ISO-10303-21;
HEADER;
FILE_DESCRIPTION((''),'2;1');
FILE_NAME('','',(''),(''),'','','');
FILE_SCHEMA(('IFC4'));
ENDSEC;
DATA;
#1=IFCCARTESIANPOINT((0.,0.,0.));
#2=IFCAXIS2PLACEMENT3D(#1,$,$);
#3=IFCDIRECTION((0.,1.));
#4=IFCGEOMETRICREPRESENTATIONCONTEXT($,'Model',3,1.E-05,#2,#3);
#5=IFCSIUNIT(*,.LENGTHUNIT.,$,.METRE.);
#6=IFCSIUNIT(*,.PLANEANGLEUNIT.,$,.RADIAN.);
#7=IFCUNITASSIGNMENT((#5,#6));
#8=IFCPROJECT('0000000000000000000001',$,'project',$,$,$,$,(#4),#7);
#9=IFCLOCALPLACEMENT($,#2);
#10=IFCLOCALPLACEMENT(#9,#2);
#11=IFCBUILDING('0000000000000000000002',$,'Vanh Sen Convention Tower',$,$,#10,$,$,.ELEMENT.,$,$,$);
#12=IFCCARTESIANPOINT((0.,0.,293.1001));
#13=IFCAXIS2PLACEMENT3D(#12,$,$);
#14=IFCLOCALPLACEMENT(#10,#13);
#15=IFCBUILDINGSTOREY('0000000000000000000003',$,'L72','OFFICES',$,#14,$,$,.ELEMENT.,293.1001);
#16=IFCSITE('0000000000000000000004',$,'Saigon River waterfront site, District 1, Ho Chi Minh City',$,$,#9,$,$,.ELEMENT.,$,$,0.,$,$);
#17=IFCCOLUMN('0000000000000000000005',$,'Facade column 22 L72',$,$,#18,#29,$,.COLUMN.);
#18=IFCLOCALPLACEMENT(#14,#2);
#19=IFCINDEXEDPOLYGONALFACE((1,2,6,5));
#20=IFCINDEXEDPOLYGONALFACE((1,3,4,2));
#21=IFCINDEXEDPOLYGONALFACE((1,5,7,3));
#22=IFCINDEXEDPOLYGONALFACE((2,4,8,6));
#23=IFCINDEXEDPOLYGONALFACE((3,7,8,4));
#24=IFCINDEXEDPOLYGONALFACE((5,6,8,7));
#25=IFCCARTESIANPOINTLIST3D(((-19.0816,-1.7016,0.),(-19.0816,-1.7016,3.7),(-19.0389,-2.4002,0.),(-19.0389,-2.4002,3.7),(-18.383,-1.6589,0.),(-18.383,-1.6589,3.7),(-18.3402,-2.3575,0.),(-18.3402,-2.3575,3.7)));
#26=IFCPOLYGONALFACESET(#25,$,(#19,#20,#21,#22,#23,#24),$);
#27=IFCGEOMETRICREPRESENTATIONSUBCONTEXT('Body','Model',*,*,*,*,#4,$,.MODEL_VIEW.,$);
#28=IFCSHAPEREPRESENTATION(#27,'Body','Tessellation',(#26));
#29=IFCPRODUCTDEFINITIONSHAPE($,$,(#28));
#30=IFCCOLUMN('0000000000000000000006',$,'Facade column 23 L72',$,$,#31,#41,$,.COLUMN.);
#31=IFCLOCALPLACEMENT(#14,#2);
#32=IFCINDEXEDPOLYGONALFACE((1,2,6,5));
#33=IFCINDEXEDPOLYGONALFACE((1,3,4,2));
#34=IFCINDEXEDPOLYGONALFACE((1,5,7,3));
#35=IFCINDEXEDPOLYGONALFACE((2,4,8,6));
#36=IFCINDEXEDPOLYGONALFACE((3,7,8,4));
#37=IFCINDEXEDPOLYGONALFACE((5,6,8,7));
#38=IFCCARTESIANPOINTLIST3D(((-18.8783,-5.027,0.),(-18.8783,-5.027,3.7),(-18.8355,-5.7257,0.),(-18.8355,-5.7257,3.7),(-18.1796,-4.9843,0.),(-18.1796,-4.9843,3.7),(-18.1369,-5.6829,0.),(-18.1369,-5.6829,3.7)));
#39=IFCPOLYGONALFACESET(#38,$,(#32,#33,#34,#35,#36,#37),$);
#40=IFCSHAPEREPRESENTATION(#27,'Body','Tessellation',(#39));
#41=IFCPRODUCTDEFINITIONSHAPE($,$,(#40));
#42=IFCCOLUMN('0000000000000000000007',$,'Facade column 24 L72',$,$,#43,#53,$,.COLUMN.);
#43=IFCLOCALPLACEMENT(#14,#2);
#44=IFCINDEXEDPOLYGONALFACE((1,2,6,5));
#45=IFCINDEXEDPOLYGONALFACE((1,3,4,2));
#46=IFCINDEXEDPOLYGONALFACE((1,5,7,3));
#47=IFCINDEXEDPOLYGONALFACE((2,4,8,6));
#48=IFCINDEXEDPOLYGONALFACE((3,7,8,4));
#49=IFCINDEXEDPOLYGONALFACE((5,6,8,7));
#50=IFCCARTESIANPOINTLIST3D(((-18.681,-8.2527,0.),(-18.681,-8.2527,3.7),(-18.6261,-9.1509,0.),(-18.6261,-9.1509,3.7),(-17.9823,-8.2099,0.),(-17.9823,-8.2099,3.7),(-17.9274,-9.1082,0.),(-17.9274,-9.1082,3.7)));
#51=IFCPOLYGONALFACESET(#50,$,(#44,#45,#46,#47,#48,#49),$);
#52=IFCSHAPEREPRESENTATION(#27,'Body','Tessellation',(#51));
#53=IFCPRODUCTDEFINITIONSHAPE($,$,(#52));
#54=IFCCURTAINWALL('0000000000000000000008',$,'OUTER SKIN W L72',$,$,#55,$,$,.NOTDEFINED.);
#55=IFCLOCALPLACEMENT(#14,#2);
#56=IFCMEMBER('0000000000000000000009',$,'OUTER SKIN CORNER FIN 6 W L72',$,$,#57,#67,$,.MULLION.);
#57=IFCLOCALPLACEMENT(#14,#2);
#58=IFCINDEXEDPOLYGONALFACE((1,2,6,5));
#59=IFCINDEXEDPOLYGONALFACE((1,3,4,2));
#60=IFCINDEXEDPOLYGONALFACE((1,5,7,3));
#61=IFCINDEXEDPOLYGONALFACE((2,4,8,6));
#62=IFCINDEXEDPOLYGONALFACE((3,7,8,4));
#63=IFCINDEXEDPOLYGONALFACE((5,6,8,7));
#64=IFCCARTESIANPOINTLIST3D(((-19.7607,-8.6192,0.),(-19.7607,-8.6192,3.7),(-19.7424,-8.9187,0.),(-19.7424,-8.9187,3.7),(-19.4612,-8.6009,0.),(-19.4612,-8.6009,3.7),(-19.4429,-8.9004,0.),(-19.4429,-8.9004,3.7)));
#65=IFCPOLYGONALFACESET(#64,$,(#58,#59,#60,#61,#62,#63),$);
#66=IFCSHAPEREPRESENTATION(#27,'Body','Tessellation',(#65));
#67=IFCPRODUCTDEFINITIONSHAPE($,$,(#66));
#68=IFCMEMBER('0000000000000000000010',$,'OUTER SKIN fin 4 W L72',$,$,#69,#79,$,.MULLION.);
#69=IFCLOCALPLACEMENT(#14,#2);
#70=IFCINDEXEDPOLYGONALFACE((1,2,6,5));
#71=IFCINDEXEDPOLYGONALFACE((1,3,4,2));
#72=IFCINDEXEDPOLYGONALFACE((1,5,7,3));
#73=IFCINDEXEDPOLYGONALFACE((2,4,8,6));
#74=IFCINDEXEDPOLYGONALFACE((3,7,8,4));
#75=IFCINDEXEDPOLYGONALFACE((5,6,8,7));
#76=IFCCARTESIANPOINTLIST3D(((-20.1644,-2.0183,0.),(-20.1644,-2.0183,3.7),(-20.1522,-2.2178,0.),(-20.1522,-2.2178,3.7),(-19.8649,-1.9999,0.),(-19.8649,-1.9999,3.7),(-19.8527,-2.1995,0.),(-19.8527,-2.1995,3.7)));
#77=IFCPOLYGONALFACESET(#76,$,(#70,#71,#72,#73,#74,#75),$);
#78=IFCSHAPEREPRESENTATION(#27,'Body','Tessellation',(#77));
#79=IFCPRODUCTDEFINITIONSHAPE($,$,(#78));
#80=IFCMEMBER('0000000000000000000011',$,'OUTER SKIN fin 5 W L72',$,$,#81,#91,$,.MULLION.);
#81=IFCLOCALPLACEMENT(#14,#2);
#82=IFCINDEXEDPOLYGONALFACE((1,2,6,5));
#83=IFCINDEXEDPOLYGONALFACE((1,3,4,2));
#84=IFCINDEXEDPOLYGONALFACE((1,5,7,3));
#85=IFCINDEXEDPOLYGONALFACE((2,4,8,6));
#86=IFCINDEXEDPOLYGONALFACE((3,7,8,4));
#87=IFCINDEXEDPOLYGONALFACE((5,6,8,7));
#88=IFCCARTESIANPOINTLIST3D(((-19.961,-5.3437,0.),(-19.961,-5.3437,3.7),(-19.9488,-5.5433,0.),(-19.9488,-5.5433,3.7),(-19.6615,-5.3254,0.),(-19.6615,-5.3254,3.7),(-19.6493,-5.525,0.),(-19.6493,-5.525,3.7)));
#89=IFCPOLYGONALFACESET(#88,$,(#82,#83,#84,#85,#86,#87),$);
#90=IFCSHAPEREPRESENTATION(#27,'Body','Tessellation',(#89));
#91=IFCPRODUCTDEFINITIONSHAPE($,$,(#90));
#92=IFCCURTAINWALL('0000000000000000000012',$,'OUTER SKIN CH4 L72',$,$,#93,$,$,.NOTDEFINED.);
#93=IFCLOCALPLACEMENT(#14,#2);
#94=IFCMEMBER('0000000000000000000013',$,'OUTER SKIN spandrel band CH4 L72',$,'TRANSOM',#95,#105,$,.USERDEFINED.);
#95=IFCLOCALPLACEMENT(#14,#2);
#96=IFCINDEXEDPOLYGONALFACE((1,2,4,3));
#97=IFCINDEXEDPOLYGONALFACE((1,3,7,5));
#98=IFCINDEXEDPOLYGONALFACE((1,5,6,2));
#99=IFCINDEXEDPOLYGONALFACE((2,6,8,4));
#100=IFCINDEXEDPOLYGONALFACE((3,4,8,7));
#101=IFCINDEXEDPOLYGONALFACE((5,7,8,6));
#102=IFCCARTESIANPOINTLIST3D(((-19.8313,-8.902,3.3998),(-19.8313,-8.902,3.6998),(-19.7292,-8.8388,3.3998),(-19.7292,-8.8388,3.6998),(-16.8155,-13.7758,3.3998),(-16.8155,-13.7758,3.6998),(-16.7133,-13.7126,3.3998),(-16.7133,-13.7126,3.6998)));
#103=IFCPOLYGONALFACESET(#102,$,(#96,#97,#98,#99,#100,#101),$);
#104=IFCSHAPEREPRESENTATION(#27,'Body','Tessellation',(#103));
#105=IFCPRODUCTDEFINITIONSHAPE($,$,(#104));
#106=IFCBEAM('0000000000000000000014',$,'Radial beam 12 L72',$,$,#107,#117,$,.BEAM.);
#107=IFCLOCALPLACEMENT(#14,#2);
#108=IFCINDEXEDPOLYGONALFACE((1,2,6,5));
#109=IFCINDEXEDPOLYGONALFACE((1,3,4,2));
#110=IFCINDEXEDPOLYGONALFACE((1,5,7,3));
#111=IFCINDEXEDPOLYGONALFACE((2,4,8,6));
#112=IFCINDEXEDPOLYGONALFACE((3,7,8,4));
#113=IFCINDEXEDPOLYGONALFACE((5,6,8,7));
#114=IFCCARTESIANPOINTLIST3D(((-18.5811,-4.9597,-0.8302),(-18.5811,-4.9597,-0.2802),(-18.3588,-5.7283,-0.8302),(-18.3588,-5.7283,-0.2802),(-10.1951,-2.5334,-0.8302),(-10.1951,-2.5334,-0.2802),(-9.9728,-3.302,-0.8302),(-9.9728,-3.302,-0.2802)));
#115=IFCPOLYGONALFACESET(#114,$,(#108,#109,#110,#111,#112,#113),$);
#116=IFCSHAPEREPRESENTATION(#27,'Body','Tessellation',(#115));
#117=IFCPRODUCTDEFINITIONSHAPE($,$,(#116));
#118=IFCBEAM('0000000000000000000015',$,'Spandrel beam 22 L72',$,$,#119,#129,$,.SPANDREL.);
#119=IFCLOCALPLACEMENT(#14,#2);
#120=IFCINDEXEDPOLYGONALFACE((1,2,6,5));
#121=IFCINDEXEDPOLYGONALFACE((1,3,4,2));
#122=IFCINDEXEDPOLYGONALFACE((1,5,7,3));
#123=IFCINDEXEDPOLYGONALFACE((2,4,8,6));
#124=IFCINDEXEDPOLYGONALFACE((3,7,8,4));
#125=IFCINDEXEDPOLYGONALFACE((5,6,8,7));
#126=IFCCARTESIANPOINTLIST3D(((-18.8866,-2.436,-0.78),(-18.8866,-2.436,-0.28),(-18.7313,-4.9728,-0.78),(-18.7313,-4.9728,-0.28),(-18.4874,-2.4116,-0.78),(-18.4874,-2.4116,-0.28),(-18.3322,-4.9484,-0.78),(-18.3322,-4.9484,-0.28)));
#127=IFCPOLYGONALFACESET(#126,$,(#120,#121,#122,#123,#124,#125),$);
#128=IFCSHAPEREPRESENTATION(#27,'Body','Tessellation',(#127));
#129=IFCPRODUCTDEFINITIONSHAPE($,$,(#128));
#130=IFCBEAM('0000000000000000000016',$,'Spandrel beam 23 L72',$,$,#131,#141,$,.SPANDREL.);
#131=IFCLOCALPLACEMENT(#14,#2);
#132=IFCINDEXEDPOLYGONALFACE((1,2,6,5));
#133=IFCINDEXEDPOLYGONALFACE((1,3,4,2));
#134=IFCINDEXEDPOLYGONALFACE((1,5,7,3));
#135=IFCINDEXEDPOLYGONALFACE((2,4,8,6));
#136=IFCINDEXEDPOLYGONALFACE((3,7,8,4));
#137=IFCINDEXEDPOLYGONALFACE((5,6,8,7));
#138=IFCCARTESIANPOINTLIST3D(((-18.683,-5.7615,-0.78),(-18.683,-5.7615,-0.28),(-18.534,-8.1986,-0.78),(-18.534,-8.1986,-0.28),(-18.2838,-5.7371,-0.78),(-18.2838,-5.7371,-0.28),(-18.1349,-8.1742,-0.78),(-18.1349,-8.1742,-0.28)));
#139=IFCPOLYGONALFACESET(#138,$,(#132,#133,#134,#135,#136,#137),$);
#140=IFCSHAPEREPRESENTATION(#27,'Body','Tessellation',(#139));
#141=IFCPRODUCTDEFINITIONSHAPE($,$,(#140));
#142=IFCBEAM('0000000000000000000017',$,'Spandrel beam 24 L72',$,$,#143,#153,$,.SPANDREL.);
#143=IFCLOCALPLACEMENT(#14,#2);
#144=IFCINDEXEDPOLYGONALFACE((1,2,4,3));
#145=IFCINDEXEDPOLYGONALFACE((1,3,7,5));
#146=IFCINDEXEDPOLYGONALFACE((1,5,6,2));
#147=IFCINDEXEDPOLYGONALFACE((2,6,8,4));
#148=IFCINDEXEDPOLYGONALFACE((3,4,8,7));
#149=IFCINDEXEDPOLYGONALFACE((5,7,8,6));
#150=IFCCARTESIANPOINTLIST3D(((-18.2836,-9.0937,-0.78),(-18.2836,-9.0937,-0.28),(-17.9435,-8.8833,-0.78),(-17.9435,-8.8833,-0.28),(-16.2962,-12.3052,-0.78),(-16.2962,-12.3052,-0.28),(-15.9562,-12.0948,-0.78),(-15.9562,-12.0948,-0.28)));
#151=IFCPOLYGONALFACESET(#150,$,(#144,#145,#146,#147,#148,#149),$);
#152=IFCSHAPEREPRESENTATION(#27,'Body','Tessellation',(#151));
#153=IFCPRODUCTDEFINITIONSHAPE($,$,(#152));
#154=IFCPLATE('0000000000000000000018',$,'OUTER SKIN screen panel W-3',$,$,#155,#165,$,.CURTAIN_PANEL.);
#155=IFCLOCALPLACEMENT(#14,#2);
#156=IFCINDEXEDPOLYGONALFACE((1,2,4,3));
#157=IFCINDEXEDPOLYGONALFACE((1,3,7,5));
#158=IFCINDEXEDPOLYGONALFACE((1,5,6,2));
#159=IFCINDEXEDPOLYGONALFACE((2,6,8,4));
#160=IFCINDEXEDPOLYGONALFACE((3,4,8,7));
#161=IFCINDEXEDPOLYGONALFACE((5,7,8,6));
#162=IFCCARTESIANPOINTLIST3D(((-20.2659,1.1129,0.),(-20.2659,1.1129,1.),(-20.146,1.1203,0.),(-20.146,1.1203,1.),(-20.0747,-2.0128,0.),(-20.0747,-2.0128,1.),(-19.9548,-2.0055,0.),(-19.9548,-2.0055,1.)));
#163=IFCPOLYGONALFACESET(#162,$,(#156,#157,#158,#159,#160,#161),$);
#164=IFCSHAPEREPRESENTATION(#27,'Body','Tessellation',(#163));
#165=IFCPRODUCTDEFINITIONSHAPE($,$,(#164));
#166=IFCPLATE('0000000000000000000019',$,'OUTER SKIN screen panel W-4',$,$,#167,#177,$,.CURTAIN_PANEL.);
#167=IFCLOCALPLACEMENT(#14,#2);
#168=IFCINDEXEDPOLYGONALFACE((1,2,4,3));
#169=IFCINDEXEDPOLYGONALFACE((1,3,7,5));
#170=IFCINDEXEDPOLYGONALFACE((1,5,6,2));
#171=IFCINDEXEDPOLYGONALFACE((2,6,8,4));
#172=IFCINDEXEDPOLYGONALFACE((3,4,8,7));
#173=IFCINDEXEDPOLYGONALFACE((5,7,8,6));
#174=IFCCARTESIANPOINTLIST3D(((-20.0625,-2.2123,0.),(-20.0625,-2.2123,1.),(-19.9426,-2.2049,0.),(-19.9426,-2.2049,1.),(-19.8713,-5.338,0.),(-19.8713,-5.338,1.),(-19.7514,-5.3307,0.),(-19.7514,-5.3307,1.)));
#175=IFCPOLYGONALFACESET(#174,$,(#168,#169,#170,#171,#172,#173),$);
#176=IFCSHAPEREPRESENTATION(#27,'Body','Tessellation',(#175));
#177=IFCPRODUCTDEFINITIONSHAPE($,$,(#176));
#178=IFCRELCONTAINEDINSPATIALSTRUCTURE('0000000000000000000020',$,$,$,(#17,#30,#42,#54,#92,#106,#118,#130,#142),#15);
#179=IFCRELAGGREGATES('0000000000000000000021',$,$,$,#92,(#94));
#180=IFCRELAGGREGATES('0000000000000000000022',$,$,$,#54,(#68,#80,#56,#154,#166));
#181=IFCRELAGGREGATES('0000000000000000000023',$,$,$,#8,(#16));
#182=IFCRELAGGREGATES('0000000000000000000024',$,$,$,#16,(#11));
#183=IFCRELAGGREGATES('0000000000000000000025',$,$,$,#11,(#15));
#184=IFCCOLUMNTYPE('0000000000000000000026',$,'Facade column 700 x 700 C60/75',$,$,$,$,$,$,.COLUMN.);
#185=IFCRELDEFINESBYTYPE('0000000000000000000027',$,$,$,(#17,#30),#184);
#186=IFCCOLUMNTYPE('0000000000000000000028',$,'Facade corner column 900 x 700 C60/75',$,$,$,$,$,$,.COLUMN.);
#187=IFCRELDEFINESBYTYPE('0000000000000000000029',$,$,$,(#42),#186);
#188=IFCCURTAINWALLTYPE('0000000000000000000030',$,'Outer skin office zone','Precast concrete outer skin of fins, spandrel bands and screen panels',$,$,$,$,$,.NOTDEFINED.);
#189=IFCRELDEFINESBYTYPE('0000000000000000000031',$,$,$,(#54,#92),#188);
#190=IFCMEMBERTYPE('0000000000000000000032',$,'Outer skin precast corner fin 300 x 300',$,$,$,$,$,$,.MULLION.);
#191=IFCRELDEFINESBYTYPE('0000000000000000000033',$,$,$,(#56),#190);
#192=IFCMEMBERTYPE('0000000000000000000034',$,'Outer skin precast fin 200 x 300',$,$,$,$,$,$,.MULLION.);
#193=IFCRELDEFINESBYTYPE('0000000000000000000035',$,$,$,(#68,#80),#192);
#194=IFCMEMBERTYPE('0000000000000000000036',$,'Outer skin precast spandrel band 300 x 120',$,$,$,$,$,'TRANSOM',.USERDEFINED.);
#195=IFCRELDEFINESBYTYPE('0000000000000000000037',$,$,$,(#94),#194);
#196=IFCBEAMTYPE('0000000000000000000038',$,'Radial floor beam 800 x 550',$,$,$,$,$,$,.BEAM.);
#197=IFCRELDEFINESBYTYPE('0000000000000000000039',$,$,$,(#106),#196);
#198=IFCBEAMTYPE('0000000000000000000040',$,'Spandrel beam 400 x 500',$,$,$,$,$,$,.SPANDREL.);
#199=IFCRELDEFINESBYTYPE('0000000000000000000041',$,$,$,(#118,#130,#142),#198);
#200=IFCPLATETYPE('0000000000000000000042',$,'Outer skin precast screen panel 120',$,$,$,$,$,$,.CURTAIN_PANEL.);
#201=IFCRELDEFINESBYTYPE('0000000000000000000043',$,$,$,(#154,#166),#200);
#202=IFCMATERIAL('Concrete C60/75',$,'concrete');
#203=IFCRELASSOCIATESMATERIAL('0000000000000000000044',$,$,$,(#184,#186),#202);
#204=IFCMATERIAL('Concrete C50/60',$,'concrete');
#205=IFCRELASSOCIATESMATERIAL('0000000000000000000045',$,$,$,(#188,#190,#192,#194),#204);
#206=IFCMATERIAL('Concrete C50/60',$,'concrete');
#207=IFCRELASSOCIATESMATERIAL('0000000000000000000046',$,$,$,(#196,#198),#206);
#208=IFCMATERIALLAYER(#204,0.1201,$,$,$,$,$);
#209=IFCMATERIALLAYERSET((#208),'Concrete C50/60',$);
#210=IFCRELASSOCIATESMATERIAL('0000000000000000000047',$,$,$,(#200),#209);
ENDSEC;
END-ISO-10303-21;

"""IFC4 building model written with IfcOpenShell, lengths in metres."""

from ifc_helpers import new_model, si_unit, direction, frame, origin, origin_2d, place, context, subcontext, project, spatial, rectangle, extrude, material, layer, layer_set, material_profile, profile_set, type_object, element, aggregate, save


model = new_model("IFC4")

# Units and contexts
model_context = context("Model", 3, precision=1e-05, world=origin(), true_north=direction((0.0, 1.0)))
body_context = subcontext(model_context, "Body", "Model", "MODEL_VIEW")
ifc_project = project(units=[si_unit("LENGTHUNIT", "METRE"), si_unit("PLANEANGLEUNIT", "RADIAN")], contexts=[model_context])

# Site, building, storey
site_placement = place(None, origin())
site = spatial("IfcSite", under=ifc_project, at=site_placement, Name="Saigon River waterfront site, District 1, Ho Chi Minh City", CompositionType="ELEMENT", RefElevation=0.0)
building_placement = place(site_placement, origin())
building = spatial("IfcBuilding", under=site, at=building_placement, Name="Vanh Sen Convention Tower", CompositionType="ELEMENT")
storey_placement = place(building_placement, frame((0.0, 0.0, 293.1001)))
storey = spatial("IfcBuildingStorey", under=building, at=storey_placement, Name="L72", Description="OFFICES", CompositionType="ELEMENT", Elevation=293.1001)

# Columns
ifc_material_1 = material(Name="Concrete C60/75", Category="concrete")
ifc_material_profile_1 = material_profile(ifc_material_1, rectangle(XDim=0.7, YDim=0.7, at=origin_2d()), Name="RC 700X700")
ifc_profile_set_1 = profile_set([ifc_material_profile_1], Name="Concrete C60/75")
column_type_1 = type_object("IfcColumnType", Name="Facade column 700 x 700 C60/75", PredefinedType="COLUMN", material=ifc_profile_set_1)
for number, where, z_axis, x_axis, name in (
    (1, (-18.7109, -2.0295, 0.0), (0.0, 0.0, 1.0), (0.061049, -0.998135, 0.0), "Facade column 22 L72"),
    (2, (-18.5076, -5.355, 0.0), (0.0, 0.0, 1.0), (0.061049, -0.998135, 0.0), "Facade column 23 L72"),
):
    element("IfcColumn", number, at=place(storey_placement, frame(where, z_axis=z_axis, x_axis=x_axis)), inside=storey, type_object=column_type_1, Name=name, PredefinedType="COLUMN", context=body_context, shape_type="SweptSolid", body=[
        extrude(rectangle(XDim=0.7, YDim=0.7, at=origin_2d()), origin(), (0.0, 0.0, 1.0), 3.7),
    ])
ifc_material_profile_2 = material_profile(ifc_material_1, rectangle(XDim=0.8999, YDim=0.7, at=origin_2d()), Name="RC 900X700")
ifc_profile_set_2 = profile_set([ifc_material_profile_2], Name="Concrete C60/75")
column_type_2 = type_object("IfcColumnType", Name="Facade corner column 900 x 700 C60/75", PredefinedType="COLUMN", material=ifc_profile_set_2)
column_placement = place(storey_placement, frame((-18.3042, -8.6804, 0.0), z_axis=(0.0, 0.0, 1.0), x_axis=(0.061049, -0.998135, 0.0)))
element("IfcColumn", 3, at=column_placement, inside=storey, type_object=column_type_2, Name="Facade column 24 L72", PredefinedType="COLUMN", context=body_context, shape_type="SweptSolid", body=[
    extrude(rectangle(XDim=0.8999, YDim=0.7, at=origin_2d()), origin(), (0.0, 0.0, 1.0), 3.7),
])

# Curtain wall, members
ifc_material_2 = material(Name="Concrete C50/60", Category="concrete")
curtain_wall_type = type_object("IfcCurtainWallType", Name="Outer skin office zone", Description="Precast concrete outer skin of fins, spandrel bands and screen panels", PredefinedType="NOTDEFINED", material=ifc_material_2)
curtain_wall_1_placement = place(storey_placement, origin())
curtain_wall_1 = element("IfcCurtainWall", 4, at=curtain_wall_1_placement, inside=storey, type_object=curtain_wall_type, Name="OUTER SKIN W L72", PredefinedType="NOTDEFINED")
ifc_material_profile_3 = material_profile(ifc_material_2, rectangle(XDim=0.3, YDim=0.3, at=origin_2d()), Name="Outer skin precast corner fin 300 x 300")
ifc_profile_set_3 = profile_set([ifc_material_profile_3], Name="Concrete C50/60")
member_type_1 = type_object("IfcMemberType", Name="Outer skin precast corner fin 300 x 300", PredefinedType="MULLION", material=ifc_profile_set_3)
member_1_placement = place(storey_placement, frame((-19.6018, -8.7598, 0.0), z_axis=(0.0, 0.0, 1.0), x_axis=(0.061049, -0.998135, 0.0)))
member_1 = element("IfcMember", 5, at=member_1_placement, type_object=member_type_1, Name="OUTER SKIN CORNER FIN 6 W L72", PredefinedType="MULLION", context=body_context, shape_type="SweptSolid", body=[
    extrude(rectangle(XDim=0.3, YDim=0.3, at=origin_2d()), origin(), (0.0, 0.0, 1.0), 3.7),
])
ifc_material_profile_4 = material_profile(ifc_material_2, rectangle(XDim=0.2, YDim=0.3, at=origin_2d()), Name="Outer skin precast fin 200 x 300")
ifc_profile_set_4 = profile_set([ifc_material_profile_4], Name="Concrete C50/60")
member_type_2 = type_object("IfcMemberType", Name="Outer skin precast fin 200 x 300", PredefinedType="MULLION", material=ifc_profile_set_4)
member_2_placement = place(storey_placement, frame((-20.0085, -2.1089, 0.0), z_axis=(0.0, 0.0, 1.0), x_axis=(0.061049, -0.998135, 0.0)))
member_2 = element("IfcMember", 6, at=member_2_placement, type_object=member_type_2, Name="OUTER SKIN fin 4 W L72", PredefinedType="MULLION", context=body_context, shape_type="SweptSolid", body=[
    extrude(rectangle(XDim=0.2, YDim=0.3, at=origin_2d()), origin(), (0.0, 0.0, 1.0), 3.7),
])
member_3_placement = place(storey_placement, frame((-19.8052, -5.4343, 0.0), z_axis=(0.0, 0.0, 1.0), x_axis=(0.061049, -0.998135, 0.0)))
member_3 = element("IfcMember", 7, at=member_3_placement, type_object=member_type_2, Name="OUTER SKIN fin 5 W L72", PredefinedType="MULLION", context=body_context, shape_type="SweptSolid", body=[
    extrude(rectangle(XDim=0.2, YDim=0.3, at=origin_2d()), origin(), (0.0, 0.0, 1.0), 3.7),
])

# Curtain wall, member
curtain_wall_2_placement = place(storey_placement, origin())
curtain_wall_2 = element("IfcCurtainWall", 8, at=curtain_wall_2_placement, inside=storey, type_object=curtain_wall_type, Name="OUTER SKIN CH4 L72", PredefinedType="NOTDEFINED")
ifc_material_profile_5 = material_profile(ifc_material_2, rectangle(XDim=0.1201, YDim=0.3, at=origin_2d()), Name="Outer skin precast spandrel band 300 x 120")
ifc_profile_set_5 = profile_set([ifc_material_profile_5], Name="Concrete C50/60")
member_type_3 = type_object("IfcMemberType", Name="Outer skin precast spandrel band 300 x 120", ElementType="TRANSOM", PredefinedType="USERDEFINED", material=ifc_profile_set_5)
member_4_placement = place(storey_placement, frame((-19.7803, -8.8704, 3.5498), z_axis=(0.526199, -0.850361, 0.0), x_axis=(0.850361, 0.526199, 0.0)))
member_4 = element("IfcMember", 9, at=member_4_placement, type_object=member_type_3, Name="OUTER SKIN spandrel band CH4 L72", ObjectType="TRANSOM", PredefinedType="USERDEFINED", context=body_context, shape_type="SweptSolid", body=[
    extrude(rectangle(XDim=0.1201, YDim=0.3, at=origin_2d()), origin(), (0.0, 0.0, 1.0), 5.7314),
])
aggregate(curtain_wall_2, [member_4])

# Beams
ifc_material_3 = material(Name="Concrete C50/60", Category="concrete")
ifc_material_profile_6 = material_profile(ifc_material_3, rectangle(XDim=0.8, YDim=0.55, at=origin_2d()), Name="RC 800X550")
ifc_profile_set_6 = profile_set([ifc_material_profile_6], Name="Concrete C50/60")
beam_type_1 = type_object("IfcBeamType", Name="Radial floor beam 800 x 550", PredefinedType="BEAM", material=ifc_profile_set_6)
beam_1_placement = place(storey_placement, frame((-18.47, -5.344, -0.5552), z_axis=(0.960603, 0.277926, 0.0), x_axis=(-0.277926, 0.960603, 0.0)))
element("IfcBeam", 10, at=beam_1_placement, inside=storey, type_object=beam_type_1, Name="Radial beam 12 L72", PredefinedType="BEAM", context=body_context, shape_type="SweptSolid", body=[
    extrude(rectangle(XDim=0.8, YDim=0.55, at=origin_2d()), origin(), (0.0, 0.0, 1.0), 8.73),
])
ifc_material_profile_7 = material_profile(ifc_material_3, rectangle(XDim=0.3999, YDim=0.5, at=origin_2d()), Name="RC 400X500")
ifc_profile_set_7 = profile_set([ifc_material_profile_7], Name="Concrete C50/60")
beam_type_2 = type_object("IfcBeamType", Name="Spandrel beam 400 x 500", PredefinedType="SPANDREL", material=ifc_profile_set_7)
beam_2_placement = place(storey_placement, frame((-18.687, -2.4238, -0.53), z_axis=(0.061092, -0.998132, 0.0), x_axis=(0.998132, 0.061092, 0.0)))
element("IfcBeam", 11, at=beam_2_placement, inside=storey, type_object=beam_type_2, Name="Spandrel beam 22 L72", PredefinedType="SPANDREL", context=body_context, shape_type="SweptSolid", body=[
    extrude(rectangle(XDim=0.3999, YDim=0.5, at=origin_2d()), origin(), (0.0, 0.0, 1.0), 2.5415),
])
beam_3_placement = place(storey_placement, frame((-18.4834, -5.7493, -0.53), z_axis=(0.060996, -0.998138, 0.0), x_axis=(0.998138, 0.060996, 0.0)))
element("IfcBeam", 12, at=beam_3_placement, inside=storey, type_object=beam_type_2, Name="Spandrel beam 23 L72", PredefinedType="SPANDREL", context=body_context, shape_type="SweptSolid", body=[
    extrude(rectangle(XDim=0.3999, YDim=0.5, at=origin_2d()), origin(), (0.0, 0.0, 1.0), 2.4417),
])
beam_4_placement = place(storey_placement, frame((-18.1135, -8.9885, -0.53), z_axis=(0.526217, -0.850351, 0.0), x_axis=(0.850351, 0.526217, 0.0)))
element("IfcBeam", 13, at=beam_4_placement, inside=storey, type_object=beam_type_2, Name="Spandrel beam 24 L72", PredefinedType="SPANDREL", context=body_context, shape_type="SweptSolid", body=[
    extrude(rectangle(XDim=0.3999, YDim=0.5, at=origin_2d()), origin(), (0.0, 0.0, 1.0), 3.7766),
])

# Plates
ifc_layer_1 = layer(ifc_material_2, 0.1201)
ifc_layer_set_1 = layer_set([ifc_layer_1], Name="Concrete C50/60")
plate_type = type_object("IfcPlateType", Name="Outer skin precast screen panel 120", PredefinedType="CURTAIN_PANEL", material=ifc_layer_set_1)
plate_1_placement = place(storey_placement, frame((-20.1104, -0.4463, 0.0), z_axis=(0.0, 0.0, 1.0), x_axis=(0.061052, -0.998135, 0.0)))
plate_1 = element("IfcPlate", 14, at=plate_1_placement, type_object=plate_type, Name="OUTER SKIN screen panel W-3", PredefinedType="CURTAIN_PANEL", context=body_context, shape_type="SweptSolid", body=[
    extrude(rectangle(XDim=3.1316, YDim=0.1201, at=origin_2d()), origin(), (0.0, 0.0, 1.0), 1.0),
])
plate_2_placement = place(storey_placement, frame((-19.907, -3.7715, 0.0), z_axis=(0.0, 0.0, 1.0), x_axis=(0.061052, -0.998135, 0.0)))
plate_2 = element("IfcPlate", 15, at=plate_2_placement, type_object=plate_type, Name="OUTER SKIN screen panel W-4", PredefinedType="CURTAIN_PANEL", context=body_context, shape_type="SweptSolid", body=[
    extrude(rectangle(XDim=3.1316, YDim=0.1201, at=origin_2d()), origin(), (0.0, 0.0, 1.0), 1.0),
])
aggregate(curtain_wall_1, [member_2, member_3, member_1, plate_1, plate_2])

save(model, "model.ifc")
